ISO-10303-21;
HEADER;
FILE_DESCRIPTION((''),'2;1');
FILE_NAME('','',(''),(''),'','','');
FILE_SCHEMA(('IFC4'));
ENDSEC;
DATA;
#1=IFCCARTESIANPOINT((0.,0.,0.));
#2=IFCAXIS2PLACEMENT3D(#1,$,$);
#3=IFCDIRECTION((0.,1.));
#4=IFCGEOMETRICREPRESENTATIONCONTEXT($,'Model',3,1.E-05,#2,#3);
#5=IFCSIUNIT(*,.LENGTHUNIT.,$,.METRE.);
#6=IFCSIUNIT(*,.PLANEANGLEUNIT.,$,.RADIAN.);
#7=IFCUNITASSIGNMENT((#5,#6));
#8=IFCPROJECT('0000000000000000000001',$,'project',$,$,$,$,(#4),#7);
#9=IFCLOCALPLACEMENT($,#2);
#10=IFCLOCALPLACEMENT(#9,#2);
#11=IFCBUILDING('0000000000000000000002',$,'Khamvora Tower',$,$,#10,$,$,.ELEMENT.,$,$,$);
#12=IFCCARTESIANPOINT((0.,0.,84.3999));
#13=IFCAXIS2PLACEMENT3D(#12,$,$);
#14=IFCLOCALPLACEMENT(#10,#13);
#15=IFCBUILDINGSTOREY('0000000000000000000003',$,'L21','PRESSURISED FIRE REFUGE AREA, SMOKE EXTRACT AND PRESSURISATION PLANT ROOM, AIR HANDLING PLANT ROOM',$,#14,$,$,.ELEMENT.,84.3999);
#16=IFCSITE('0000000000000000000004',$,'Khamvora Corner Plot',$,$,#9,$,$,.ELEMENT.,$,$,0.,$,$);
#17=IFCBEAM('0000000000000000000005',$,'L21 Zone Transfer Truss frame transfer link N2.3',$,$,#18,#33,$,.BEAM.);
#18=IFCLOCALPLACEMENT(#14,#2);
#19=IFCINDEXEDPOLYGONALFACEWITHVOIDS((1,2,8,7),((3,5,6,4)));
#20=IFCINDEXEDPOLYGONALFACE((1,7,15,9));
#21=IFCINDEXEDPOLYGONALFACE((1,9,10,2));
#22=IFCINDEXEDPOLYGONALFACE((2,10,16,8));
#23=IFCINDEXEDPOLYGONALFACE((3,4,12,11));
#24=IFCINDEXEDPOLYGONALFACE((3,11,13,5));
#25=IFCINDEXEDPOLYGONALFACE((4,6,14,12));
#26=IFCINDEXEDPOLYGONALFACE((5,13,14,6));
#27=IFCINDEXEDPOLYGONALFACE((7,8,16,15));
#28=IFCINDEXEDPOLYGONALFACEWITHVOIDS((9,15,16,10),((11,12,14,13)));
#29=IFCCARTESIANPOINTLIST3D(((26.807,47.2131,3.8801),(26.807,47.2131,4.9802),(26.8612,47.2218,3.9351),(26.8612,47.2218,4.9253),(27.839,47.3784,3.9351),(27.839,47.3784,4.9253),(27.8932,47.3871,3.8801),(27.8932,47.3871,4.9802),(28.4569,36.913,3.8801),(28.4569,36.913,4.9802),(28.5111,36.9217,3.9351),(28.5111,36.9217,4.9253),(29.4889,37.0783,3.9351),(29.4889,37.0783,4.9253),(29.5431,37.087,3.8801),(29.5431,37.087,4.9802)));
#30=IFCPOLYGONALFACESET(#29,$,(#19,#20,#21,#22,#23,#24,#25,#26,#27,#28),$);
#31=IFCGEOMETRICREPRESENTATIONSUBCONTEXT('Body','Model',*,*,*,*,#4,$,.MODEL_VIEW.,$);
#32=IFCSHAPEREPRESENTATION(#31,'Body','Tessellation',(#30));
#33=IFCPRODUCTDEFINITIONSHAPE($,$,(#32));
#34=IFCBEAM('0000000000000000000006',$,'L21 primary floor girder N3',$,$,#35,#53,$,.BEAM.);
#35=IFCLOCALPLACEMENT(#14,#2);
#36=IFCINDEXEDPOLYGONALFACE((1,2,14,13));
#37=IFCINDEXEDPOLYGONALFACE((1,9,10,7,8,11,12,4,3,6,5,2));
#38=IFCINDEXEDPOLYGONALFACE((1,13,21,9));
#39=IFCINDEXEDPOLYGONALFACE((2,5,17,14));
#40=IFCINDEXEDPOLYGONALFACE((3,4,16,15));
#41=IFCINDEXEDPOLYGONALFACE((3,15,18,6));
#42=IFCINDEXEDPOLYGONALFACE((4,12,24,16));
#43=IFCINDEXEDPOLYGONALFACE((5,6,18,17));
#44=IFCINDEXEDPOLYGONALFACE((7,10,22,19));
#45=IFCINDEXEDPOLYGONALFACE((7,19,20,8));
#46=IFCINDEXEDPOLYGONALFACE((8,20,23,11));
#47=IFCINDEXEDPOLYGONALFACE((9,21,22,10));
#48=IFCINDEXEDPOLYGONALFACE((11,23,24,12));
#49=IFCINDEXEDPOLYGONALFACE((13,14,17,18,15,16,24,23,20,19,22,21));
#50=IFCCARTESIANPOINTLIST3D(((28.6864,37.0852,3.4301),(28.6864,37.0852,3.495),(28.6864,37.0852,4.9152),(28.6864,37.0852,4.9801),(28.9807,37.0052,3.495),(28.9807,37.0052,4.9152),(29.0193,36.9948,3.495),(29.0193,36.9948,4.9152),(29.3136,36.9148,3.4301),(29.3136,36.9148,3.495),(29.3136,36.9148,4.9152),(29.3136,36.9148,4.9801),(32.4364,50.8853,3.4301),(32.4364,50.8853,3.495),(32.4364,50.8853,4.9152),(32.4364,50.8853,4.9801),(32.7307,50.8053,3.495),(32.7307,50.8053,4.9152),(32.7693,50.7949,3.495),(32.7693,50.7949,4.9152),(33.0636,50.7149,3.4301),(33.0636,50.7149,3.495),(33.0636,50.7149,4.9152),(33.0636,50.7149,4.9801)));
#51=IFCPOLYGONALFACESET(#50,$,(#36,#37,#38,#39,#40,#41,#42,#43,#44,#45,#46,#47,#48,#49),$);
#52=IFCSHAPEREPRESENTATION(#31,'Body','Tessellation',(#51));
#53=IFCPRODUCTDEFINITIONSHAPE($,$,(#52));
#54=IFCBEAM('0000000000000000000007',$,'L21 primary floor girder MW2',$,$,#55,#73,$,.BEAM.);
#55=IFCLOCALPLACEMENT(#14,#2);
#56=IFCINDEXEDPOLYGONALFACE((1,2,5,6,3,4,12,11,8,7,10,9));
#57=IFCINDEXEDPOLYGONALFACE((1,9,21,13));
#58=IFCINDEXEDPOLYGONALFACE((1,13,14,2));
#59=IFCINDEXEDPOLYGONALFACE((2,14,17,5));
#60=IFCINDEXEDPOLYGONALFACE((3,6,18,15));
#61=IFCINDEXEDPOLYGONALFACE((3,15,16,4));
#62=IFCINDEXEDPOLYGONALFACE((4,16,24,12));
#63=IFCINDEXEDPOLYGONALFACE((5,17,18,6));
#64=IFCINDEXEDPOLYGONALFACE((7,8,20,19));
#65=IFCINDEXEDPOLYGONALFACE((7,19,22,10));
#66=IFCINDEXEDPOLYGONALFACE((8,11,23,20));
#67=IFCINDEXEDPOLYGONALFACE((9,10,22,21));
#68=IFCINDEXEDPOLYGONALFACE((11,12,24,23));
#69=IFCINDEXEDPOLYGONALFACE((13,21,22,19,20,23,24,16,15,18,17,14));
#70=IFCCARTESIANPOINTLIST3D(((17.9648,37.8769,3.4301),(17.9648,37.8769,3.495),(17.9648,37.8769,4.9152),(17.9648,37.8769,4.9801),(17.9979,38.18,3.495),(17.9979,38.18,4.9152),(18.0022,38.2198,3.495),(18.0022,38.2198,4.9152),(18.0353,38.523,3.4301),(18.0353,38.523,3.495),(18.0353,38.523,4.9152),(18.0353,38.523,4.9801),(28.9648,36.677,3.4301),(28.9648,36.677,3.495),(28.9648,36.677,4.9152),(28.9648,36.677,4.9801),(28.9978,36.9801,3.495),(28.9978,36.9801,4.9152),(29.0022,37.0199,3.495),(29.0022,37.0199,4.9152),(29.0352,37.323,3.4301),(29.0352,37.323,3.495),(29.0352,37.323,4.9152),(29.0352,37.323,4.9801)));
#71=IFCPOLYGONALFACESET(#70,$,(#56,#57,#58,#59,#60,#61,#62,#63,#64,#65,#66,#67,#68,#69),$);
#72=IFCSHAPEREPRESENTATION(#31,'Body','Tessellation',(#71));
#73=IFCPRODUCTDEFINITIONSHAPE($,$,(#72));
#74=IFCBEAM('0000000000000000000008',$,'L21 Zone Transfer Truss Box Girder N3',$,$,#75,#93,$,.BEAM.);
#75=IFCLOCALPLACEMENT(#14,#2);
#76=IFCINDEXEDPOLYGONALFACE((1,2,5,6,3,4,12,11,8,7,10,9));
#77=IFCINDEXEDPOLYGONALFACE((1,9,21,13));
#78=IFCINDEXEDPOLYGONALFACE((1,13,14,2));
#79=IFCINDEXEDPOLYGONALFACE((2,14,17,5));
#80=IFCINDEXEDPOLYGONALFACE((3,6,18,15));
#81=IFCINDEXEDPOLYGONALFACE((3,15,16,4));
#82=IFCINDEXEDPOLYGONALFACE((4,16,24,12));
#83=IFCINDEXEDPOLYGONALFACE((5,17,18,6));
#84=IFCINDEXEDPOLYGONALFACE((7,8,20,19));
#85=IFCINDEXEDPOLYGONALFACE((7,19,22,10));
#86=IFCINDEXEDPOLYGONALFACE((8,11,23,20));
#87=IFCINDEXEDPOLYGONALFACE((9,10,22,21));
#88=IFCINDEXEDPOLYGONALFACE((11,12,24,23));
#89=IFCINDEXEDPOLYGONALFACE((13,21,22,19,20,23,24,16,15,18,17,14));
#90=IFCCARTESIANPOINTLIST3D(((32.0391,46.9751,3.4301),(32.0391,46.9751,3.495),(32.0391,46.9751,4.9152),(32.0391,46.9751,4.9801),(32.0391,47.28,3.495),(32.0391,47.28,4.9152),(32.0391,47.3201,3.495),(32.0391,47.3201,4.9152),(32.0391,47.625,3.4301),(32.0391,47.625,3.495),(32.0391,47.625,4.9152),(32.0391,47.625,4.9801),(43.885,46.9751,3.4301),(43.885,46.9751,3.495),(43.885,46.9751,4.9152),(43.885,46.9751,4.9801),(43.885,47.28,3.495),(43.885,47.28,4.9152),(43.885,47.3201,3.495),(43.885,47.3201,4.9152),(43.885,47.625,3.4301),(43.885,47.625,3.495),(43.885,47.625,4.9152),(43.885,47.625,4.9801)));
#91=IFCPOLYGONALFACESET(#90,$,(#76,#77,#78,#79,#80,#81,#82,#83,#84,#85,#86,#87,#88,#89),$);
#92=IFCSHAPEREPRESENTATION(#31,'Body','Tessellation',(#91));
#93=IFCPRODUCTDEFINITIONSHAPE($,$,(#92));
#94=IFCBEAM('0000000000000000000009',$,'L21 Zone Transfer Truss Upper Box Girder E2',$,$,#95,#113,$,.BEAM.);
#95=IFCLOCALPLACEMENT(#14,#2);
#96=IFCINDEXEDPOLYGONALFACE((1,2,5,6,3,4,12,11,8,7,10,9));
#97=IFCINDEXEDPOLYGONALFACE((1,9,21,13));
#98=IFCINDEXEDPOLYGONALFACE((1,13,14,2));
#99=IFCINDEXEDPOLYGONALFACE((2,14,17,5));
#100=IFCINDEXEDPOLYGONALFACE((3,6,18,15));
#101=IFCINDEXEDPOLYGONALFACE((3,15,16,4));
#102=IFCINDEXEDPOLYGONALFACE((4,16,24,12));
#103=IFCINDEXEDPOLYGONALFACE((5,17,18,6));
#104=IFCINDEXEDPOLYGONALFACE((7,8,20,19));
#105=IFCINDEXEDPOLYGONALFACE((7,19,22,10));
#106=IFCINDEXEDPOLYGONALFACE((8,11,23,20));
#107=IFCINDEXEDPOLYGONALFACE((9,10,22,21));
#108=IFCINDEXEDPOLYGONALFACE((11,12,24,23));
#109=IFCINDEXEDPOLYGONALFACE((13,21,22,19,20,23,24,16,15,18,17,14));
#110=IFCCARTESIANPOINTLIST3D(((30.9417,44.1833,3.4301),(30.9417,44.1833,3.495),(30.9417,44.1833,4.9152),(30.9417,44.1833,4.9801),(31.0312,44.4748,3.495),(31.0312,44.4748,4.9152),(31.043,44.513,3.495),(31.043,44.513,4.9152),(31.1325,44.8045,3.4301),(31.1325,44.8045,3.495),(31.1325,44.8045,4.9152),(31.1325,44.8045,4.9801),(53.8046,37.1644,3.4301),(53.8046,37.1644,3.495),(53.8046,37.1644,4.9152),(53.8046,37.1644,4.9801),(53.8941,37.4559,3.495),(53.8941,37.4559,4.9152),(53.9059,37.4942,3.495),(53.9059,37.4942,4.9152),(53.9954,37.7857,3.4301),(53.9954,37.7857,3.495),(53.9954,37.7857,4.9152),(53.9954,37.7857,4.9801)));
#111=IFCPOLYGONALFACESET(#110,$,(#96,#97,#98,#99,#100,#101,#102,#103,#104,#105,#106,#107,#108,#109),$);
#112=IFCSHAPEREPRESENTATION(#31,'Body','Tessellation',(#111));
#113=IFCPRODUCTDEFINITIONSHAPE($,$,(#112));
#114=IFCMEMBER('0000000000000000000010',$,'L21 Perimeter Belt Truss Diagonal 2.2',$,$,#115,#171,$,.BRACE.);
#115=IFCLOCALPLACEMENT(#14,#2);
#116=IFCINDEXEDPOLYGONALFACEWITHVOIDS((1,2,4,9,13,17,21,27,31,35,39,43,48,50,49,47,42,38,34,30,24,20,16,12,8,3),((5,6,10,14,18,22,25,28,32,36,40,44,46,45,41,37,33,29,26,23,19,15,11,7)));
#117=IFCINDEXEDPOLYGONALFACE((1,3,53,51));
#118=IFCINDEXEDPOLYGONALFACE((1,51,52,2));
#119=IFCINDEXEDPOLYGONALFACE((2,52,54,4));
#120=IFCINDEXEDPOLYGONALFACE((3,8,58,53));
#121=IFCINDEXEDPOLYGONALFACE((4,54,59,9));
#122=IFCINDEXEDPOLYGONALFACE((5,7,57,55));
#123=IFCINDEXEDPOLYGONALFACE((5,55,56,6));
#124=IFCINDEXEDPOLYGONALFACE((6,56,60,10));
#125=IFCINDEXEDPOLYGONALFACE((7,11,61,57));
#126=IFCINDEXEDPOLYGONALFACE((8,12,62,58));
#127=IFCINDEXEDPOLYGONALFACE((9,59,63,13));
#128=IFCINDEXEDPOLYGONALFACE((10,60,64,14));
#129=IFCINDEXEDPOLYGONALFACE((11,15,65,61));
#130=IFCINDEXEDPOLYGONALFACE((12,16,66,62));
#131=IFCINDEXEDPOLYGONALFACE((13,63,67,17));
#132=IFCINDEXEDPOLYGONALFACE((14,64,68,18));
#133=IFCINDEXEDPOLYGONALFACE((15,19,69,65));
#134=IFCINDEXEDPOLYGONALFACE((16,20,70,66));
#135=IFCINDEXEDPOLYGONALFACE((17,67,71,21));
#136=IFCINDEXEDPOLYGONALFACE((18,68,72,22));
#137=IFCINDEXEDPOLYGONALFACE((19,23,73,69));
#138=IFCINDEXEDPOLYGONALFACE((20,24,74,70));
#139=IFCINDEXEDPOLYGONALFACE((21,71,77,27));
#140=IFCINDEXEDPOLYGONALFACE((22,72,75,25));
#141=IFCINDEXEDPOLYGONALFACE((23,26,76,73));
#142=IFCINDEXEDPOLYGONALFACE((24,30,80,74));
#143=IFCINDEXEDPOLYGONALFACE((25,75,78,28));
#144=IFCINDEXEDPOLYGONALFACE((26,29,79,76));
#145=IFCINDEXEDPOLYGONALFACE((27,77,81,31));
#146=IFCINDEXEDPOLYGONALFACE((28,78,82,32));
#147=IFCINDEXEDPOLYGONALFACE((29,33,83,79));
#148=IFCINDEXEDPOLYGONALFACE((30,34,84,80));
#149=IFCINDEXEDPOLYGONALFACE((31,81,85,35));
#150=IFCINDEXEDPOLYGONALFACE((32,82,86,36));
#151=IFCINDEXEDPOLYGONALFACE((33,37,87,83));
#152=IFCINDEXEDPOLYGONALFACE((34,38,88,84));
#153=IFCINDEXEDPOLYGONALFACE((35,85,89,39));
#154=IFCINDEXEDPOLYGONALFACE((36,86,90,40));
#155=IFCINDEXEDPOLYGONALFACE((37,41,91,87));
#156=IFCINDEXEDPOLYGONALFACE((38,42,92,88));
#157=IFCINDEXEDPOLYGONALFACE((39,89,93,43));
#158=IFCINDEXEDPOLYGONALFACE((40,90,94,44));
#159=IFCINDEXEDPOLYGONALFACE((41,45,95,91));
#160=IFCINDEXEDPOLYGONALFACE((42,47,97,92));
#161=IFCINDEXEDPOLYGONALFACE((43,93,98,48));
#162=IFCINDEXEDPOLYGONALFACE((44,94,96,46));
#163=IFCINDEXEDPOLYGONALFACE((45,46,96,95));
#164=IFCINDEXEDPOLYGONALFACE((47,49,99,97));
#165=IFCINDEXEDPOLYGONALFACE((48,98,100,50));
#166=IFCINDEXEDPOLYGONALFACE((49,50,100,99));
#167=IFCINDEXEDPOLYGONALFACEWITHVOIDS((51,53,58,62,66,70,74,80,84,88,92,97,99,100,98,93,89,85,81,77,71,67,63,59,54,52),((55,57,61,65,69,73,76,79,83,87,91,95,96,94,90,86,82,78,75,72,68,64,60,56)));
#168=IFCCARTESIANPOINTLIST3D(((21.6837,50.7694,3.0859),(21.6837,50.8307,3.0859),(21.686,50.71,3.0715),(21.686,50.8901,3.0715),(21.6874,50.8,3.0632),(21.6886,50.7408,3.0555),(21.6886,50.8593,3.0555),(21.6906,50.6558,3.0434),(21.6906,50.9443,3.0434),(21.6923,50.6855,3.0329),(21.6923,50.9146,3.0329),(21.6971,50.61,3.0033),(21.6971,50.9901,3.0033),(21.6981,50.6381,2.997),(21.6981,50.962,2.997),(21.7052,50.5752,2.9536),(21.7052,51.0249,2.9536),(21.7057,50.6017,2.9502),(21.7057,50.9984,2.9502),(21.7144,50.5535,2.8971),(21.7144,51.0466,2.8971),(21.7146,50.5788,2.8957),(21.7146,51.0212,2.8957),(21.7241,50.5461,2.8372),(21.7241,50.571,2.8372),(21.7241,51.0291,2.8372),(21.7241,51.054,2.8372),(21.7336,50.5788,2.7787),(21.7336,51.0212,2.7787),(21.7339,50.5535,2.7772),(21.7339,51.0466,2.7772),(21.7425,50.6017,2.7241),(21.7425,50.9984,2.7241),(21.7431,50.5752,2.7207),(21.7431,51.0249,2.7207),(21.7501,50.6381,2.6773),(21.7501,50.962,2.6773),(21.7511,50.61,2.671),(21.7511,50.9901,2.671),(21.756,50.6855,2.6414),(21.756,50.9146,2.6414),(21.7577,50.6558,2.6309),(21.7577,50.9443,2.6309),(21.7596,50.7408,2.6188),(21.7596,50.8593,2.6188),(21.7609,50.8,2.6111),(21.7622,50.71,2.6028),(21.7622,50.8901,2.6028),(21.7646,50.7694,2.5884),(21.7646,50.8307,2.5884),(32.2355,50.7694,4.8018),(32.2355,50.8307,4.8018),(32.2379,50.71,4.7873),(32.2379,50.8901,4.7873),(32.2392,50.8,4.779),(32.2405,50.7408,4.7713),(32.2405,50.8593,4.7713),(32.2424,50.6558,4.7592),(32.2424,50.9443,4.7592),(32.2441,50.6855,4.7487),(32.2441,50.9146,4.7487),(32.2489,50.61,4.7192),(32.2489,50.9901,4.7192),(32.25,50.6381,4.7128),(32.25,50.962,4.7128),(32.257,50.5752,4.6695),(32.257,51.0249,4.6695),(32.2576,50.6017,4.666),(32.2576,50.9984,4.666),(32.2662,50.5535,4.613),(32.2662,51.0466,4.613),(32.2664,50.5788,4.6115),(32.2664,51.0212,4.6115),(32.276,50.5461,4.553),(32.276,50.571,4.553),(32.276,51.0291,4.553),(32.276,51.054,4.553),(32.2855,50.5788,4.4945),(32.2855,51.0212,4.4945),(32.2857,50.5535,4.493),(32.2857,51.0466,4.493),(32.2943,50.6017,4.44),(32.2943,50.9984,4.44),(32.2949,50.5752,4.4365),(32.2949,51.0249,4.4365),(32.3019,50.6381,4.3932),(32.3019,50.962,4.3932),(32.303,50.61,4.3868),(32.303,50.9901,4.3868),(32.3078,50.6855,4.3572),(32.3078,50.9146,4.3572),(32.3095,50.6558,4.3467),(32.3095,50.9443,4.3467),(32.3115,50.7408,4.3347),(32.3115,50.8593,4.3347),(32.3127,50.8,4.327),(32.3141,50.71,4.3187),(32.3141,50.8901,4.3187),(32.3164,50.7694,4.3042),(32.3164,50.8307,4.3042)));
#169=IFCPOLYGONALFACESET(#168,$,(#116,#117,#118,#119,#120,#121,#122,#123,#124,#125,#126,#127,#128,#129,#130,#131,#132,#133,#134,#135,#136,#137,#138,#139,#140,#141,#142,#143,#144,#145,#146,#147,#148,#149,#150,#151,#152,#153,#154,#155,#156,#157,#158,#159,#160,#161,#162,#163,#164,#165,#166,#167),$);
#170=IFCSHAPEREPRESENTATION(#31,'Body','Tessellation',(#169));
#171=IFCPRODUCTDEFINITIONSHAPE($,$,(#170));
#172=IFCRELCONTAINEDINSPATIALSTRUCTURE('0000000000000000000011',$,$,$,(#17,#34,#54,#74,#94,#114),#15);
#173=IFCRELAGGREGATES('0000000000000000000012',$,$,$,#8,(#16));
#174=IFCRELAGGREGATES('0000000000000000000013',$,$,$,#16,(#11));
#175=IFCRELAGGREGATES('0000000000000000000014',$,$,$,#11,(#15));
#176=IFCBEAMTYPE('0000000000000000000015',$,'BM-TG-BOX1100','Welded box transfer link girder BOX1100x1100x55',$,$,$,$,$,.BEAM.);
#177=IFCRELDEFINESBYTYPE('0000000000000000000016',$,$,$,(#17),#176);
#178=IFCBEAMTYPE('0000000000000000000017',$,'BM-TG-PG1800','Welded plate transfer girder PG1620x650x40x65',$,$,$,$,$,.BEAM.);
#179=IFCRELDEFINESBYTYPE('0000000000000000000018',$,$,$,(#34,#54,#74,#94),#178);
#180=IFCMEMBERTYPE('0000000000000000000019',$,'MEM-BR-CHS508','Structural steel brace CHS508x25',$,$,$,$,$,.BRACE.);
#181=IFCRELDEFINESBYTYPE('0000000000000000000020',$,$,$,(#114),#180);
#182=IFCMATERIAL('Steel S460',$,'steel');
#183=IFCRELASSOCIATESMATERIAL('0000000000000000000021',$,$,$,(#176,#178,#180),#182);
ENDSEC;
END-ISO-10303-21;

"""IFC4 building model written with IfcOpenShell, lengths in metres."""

from ifc_helpers import new_model, si_unit, direction, frame, origin, origin_2d, place, context, subcontext, project, spatial, hollow_rectangle, hollow_circle, i_section, extrude, material, material_profile, profile_set, type_object, element, save


model = new_model("IFC4")

# Units and contexts
model_context = context("Model", 3, precision=1e-05, world=origin(), true_north=direction((0.0, 1.0)))
body_context = subcontext(model_context, "Body", "Model", "MODEL_VIEW")
ifc_project = project(units=[si_unit("LENGTHUNIT", "METRE"), si_unit("PLANEANGLEUNIT", "RADIAN")], contexts=[model_context])

# Site, building, storey
site_placement = place(None, origin())
site = spatial("IfcSite", under=ifc_project, at=site_placement, Name="Khamvora Corner Plot", CompositionType="ELEMENT", RefElevation=0.0)
building_placement = place(site_placement, origin())
building = spatial("IfcBuilding", under=site, at=building_placement, Name="Khamvora Tower", CompositionType="ELEMENT")
storey_placement = place(building_placement, frame((0.0, 0.0, 84.3999)))
storey = spatial("IfcBuildingStorey", under=building, at=storey_placement, Name="L21", Description="PRESSURISED FIRE REFUGE AREA, SMOKE EXTRACT AND PRESSURISATION PLANT ROOM, AIR HANDLING PLANT ROOM", CompositionType="ELEMENT", Elevation=84.3999)

# Beams
ifc_material_1 = material(Name="Steel S460", Category="steel")
ifc_material_profile_1 = material_profile(ifc_material_1, hollow_rectangle(XDim=1.1001, YDim=1.1001, WallThickness=0.0549, at=origin_2d()), Name="BOX1100x1100x55")
ifc_profile_set_1 = profile_set([ifc_material_profile_1], Name="Steel S460")
beam_type_1 = type_object("IfcBeamType", Name="BM-TG-BOX1100", Description="Welded box transfer link girder BOX1100x1100x55", PredefinedType="BEAM", material=ifc_profile_set_1)
beam_1_placement = place(storey_placement, frame((29.0, 37.0, 4.4302), z_axis=(-0.158168, 0.987412, 0.0), x_axis=(-0.987412, -0.158168, 0.0)))
element("IfcBeam", 1, at=beam_1_placement, inside=storey, type_object=beam_type_1, Name="L21 Zone Transfer Truss frame transfer link N2.3", PredefinedType="BEAM", context=body_context, shape_type="SweptSolid", body=[
    extrude(hollow_rectangle(XDim=1.1001, YDim=1.1001, WallThickness=0.0549, at=origin_2d()), origin(), (0.0, 0.0, 1.0), 10.4314),
])
ifc_material_profile_2 = material_profile(ifc_material_1, i_section(OverallWidth=0.6499, OverallDepth=1.55, WebThickness=0.04, FlangeThickness=0.0649, at=origin_2d()), Name="PG1550x650x40x65")
ifc_profile_set_2 = profile_set([ifc_material_profile_2], Name="Steel S460")
beam_type_2 = type_object("IfcBeamType", Name="BM-TG-PG1800", Description="Welded plate transfer girder PG1620x650x40x65", PredefinedType="BEAM", material=ifc_profile_set_2)
beam_2_placement = place(storey_placement, frame((29.0, 37.0, 4.2051), z_axis=(0.262229, 0.965006, 0.0), x_axis=(-0.965006, 0.262229, 0.0)))
element("IfcBeam", 2, at=beam_2_placement, inside=storey, type_object=beam_type_2, Name="L21 primary floor girder N3", PredefinedType="BEAM", context=body_context, shape_type="SweptSolid", body=[
    extrude(i_section(OverallWidth=0.6499, OverallDepth=1.55, WebThickness=0.04, FlangeThickness=0.0649, at=origin_2d()), origin(), (0.0, 0.0, 1.0), 14.3005),
])
beam_3_placement = place(storey_placement, frame((29.0, 37.0, 4.2051), z_axis=(-0.994103, 0.108443, 0.0), x_axis=(-0.108443, -0.994103, 0.0)))
element("IfcBeam", 3, at=beam_3_placement, inside=storey, type_object=beam_type_2, Name="L21 primary floor girder MW2", PredefinedType="BEAM", context=body_context, shape_type="SweptSolid", body=[
    extrude(i_section(OverallWidth=0.6499, OverallDepth=1.55, WebThickness=0.04, FlangeThickness=0.0649, at=origin_2d()), origin(), (0.0, 0.0, 1.0), 11.0652),
])
beam_4_placement = place(storey_placement, frame((32.0391, 47.3, 4.2051), z_axis=(1.0, 0.0, 0.0), x_axis=(0.0, 1.0, 0.0)))
element("IfcBeam", 4, at=beam_4_placement, inside=storey, type_object=beam_type_2, Name="L21 Zone Transfer Truss Box Girder N3", PredefinedType="BEAM", context=body_context, shape_type="SweptSolid", body=[
    extrude(i_section(OverallWidth=0.6499, OverallDepth=1.55, WebThickness=0.04, FlangeThickness=0.0649, at=origin_2d()), origin(), (0.0, 0.0, 1.0), 11.8459),
])
beam_5_placement = place(storey_placement, frame((31.0371, 44.4939, 4.2051), z_axis=(0.955966, -0.293478, 0.0), x_axis=(0.293478, 0.955966, 0.0)))
element("IfcBeam", 5, at=beam_5_placement, inside=storey, type_object=beam_type_2, Name="L21 Zone Transfer Truss Upper Box Girder E2", PredefinedType="BEAM", context=body_context, shape_type="SweptSolid", body=[
    extrude(i_section(OverallWidth=0.6499, OverallDepth=1.55, WebThickness=0.04, FlangeThickness=0.0649, at=origin_2d()), origin(), (0.0, 0.0, 1.0), 23.916),
])

# Member
ifc_material_profile_3 = material_profile(ifc_material_1, hollow_circle(Radius=0.2539, WallThickness=0.0249, at=origin_2d()), Name="CHS508x25")
ifc_profile_set_3 = profile_set([ifc_material_profile_3], Name="Steel S460")
member_type_1 = type_object("IfcMemberType", Name="MEM-BR-CHS508", Description="Structural steel brace CHS508x25", PredefinedType="BRACE", material=ifc_profile_set_3)
member_1_placement = place(storey_placement, frame((21.7241, 50.8, 2.8372), z_axis=(0.987036, 0.0, 0.160502), x_axis=(0.0, 1.0, 0.0)))
element("IfcMember", 6, at=member_1_placement, inside=storey, type_object=member_type_1, Name="L21 Perimeter Belt Truss Diagonal 2.2", PredefinedType="BRACE", context=body_context, shape_type="SweptSolid", body=[
    extrude(hollow_circle(Radius=0.2539, WallThickness=0.0249, at=origin_2d()), origin(), (0.0, 0.0, 1.0), 10.6904),
])

save(model, "model.ifc")
